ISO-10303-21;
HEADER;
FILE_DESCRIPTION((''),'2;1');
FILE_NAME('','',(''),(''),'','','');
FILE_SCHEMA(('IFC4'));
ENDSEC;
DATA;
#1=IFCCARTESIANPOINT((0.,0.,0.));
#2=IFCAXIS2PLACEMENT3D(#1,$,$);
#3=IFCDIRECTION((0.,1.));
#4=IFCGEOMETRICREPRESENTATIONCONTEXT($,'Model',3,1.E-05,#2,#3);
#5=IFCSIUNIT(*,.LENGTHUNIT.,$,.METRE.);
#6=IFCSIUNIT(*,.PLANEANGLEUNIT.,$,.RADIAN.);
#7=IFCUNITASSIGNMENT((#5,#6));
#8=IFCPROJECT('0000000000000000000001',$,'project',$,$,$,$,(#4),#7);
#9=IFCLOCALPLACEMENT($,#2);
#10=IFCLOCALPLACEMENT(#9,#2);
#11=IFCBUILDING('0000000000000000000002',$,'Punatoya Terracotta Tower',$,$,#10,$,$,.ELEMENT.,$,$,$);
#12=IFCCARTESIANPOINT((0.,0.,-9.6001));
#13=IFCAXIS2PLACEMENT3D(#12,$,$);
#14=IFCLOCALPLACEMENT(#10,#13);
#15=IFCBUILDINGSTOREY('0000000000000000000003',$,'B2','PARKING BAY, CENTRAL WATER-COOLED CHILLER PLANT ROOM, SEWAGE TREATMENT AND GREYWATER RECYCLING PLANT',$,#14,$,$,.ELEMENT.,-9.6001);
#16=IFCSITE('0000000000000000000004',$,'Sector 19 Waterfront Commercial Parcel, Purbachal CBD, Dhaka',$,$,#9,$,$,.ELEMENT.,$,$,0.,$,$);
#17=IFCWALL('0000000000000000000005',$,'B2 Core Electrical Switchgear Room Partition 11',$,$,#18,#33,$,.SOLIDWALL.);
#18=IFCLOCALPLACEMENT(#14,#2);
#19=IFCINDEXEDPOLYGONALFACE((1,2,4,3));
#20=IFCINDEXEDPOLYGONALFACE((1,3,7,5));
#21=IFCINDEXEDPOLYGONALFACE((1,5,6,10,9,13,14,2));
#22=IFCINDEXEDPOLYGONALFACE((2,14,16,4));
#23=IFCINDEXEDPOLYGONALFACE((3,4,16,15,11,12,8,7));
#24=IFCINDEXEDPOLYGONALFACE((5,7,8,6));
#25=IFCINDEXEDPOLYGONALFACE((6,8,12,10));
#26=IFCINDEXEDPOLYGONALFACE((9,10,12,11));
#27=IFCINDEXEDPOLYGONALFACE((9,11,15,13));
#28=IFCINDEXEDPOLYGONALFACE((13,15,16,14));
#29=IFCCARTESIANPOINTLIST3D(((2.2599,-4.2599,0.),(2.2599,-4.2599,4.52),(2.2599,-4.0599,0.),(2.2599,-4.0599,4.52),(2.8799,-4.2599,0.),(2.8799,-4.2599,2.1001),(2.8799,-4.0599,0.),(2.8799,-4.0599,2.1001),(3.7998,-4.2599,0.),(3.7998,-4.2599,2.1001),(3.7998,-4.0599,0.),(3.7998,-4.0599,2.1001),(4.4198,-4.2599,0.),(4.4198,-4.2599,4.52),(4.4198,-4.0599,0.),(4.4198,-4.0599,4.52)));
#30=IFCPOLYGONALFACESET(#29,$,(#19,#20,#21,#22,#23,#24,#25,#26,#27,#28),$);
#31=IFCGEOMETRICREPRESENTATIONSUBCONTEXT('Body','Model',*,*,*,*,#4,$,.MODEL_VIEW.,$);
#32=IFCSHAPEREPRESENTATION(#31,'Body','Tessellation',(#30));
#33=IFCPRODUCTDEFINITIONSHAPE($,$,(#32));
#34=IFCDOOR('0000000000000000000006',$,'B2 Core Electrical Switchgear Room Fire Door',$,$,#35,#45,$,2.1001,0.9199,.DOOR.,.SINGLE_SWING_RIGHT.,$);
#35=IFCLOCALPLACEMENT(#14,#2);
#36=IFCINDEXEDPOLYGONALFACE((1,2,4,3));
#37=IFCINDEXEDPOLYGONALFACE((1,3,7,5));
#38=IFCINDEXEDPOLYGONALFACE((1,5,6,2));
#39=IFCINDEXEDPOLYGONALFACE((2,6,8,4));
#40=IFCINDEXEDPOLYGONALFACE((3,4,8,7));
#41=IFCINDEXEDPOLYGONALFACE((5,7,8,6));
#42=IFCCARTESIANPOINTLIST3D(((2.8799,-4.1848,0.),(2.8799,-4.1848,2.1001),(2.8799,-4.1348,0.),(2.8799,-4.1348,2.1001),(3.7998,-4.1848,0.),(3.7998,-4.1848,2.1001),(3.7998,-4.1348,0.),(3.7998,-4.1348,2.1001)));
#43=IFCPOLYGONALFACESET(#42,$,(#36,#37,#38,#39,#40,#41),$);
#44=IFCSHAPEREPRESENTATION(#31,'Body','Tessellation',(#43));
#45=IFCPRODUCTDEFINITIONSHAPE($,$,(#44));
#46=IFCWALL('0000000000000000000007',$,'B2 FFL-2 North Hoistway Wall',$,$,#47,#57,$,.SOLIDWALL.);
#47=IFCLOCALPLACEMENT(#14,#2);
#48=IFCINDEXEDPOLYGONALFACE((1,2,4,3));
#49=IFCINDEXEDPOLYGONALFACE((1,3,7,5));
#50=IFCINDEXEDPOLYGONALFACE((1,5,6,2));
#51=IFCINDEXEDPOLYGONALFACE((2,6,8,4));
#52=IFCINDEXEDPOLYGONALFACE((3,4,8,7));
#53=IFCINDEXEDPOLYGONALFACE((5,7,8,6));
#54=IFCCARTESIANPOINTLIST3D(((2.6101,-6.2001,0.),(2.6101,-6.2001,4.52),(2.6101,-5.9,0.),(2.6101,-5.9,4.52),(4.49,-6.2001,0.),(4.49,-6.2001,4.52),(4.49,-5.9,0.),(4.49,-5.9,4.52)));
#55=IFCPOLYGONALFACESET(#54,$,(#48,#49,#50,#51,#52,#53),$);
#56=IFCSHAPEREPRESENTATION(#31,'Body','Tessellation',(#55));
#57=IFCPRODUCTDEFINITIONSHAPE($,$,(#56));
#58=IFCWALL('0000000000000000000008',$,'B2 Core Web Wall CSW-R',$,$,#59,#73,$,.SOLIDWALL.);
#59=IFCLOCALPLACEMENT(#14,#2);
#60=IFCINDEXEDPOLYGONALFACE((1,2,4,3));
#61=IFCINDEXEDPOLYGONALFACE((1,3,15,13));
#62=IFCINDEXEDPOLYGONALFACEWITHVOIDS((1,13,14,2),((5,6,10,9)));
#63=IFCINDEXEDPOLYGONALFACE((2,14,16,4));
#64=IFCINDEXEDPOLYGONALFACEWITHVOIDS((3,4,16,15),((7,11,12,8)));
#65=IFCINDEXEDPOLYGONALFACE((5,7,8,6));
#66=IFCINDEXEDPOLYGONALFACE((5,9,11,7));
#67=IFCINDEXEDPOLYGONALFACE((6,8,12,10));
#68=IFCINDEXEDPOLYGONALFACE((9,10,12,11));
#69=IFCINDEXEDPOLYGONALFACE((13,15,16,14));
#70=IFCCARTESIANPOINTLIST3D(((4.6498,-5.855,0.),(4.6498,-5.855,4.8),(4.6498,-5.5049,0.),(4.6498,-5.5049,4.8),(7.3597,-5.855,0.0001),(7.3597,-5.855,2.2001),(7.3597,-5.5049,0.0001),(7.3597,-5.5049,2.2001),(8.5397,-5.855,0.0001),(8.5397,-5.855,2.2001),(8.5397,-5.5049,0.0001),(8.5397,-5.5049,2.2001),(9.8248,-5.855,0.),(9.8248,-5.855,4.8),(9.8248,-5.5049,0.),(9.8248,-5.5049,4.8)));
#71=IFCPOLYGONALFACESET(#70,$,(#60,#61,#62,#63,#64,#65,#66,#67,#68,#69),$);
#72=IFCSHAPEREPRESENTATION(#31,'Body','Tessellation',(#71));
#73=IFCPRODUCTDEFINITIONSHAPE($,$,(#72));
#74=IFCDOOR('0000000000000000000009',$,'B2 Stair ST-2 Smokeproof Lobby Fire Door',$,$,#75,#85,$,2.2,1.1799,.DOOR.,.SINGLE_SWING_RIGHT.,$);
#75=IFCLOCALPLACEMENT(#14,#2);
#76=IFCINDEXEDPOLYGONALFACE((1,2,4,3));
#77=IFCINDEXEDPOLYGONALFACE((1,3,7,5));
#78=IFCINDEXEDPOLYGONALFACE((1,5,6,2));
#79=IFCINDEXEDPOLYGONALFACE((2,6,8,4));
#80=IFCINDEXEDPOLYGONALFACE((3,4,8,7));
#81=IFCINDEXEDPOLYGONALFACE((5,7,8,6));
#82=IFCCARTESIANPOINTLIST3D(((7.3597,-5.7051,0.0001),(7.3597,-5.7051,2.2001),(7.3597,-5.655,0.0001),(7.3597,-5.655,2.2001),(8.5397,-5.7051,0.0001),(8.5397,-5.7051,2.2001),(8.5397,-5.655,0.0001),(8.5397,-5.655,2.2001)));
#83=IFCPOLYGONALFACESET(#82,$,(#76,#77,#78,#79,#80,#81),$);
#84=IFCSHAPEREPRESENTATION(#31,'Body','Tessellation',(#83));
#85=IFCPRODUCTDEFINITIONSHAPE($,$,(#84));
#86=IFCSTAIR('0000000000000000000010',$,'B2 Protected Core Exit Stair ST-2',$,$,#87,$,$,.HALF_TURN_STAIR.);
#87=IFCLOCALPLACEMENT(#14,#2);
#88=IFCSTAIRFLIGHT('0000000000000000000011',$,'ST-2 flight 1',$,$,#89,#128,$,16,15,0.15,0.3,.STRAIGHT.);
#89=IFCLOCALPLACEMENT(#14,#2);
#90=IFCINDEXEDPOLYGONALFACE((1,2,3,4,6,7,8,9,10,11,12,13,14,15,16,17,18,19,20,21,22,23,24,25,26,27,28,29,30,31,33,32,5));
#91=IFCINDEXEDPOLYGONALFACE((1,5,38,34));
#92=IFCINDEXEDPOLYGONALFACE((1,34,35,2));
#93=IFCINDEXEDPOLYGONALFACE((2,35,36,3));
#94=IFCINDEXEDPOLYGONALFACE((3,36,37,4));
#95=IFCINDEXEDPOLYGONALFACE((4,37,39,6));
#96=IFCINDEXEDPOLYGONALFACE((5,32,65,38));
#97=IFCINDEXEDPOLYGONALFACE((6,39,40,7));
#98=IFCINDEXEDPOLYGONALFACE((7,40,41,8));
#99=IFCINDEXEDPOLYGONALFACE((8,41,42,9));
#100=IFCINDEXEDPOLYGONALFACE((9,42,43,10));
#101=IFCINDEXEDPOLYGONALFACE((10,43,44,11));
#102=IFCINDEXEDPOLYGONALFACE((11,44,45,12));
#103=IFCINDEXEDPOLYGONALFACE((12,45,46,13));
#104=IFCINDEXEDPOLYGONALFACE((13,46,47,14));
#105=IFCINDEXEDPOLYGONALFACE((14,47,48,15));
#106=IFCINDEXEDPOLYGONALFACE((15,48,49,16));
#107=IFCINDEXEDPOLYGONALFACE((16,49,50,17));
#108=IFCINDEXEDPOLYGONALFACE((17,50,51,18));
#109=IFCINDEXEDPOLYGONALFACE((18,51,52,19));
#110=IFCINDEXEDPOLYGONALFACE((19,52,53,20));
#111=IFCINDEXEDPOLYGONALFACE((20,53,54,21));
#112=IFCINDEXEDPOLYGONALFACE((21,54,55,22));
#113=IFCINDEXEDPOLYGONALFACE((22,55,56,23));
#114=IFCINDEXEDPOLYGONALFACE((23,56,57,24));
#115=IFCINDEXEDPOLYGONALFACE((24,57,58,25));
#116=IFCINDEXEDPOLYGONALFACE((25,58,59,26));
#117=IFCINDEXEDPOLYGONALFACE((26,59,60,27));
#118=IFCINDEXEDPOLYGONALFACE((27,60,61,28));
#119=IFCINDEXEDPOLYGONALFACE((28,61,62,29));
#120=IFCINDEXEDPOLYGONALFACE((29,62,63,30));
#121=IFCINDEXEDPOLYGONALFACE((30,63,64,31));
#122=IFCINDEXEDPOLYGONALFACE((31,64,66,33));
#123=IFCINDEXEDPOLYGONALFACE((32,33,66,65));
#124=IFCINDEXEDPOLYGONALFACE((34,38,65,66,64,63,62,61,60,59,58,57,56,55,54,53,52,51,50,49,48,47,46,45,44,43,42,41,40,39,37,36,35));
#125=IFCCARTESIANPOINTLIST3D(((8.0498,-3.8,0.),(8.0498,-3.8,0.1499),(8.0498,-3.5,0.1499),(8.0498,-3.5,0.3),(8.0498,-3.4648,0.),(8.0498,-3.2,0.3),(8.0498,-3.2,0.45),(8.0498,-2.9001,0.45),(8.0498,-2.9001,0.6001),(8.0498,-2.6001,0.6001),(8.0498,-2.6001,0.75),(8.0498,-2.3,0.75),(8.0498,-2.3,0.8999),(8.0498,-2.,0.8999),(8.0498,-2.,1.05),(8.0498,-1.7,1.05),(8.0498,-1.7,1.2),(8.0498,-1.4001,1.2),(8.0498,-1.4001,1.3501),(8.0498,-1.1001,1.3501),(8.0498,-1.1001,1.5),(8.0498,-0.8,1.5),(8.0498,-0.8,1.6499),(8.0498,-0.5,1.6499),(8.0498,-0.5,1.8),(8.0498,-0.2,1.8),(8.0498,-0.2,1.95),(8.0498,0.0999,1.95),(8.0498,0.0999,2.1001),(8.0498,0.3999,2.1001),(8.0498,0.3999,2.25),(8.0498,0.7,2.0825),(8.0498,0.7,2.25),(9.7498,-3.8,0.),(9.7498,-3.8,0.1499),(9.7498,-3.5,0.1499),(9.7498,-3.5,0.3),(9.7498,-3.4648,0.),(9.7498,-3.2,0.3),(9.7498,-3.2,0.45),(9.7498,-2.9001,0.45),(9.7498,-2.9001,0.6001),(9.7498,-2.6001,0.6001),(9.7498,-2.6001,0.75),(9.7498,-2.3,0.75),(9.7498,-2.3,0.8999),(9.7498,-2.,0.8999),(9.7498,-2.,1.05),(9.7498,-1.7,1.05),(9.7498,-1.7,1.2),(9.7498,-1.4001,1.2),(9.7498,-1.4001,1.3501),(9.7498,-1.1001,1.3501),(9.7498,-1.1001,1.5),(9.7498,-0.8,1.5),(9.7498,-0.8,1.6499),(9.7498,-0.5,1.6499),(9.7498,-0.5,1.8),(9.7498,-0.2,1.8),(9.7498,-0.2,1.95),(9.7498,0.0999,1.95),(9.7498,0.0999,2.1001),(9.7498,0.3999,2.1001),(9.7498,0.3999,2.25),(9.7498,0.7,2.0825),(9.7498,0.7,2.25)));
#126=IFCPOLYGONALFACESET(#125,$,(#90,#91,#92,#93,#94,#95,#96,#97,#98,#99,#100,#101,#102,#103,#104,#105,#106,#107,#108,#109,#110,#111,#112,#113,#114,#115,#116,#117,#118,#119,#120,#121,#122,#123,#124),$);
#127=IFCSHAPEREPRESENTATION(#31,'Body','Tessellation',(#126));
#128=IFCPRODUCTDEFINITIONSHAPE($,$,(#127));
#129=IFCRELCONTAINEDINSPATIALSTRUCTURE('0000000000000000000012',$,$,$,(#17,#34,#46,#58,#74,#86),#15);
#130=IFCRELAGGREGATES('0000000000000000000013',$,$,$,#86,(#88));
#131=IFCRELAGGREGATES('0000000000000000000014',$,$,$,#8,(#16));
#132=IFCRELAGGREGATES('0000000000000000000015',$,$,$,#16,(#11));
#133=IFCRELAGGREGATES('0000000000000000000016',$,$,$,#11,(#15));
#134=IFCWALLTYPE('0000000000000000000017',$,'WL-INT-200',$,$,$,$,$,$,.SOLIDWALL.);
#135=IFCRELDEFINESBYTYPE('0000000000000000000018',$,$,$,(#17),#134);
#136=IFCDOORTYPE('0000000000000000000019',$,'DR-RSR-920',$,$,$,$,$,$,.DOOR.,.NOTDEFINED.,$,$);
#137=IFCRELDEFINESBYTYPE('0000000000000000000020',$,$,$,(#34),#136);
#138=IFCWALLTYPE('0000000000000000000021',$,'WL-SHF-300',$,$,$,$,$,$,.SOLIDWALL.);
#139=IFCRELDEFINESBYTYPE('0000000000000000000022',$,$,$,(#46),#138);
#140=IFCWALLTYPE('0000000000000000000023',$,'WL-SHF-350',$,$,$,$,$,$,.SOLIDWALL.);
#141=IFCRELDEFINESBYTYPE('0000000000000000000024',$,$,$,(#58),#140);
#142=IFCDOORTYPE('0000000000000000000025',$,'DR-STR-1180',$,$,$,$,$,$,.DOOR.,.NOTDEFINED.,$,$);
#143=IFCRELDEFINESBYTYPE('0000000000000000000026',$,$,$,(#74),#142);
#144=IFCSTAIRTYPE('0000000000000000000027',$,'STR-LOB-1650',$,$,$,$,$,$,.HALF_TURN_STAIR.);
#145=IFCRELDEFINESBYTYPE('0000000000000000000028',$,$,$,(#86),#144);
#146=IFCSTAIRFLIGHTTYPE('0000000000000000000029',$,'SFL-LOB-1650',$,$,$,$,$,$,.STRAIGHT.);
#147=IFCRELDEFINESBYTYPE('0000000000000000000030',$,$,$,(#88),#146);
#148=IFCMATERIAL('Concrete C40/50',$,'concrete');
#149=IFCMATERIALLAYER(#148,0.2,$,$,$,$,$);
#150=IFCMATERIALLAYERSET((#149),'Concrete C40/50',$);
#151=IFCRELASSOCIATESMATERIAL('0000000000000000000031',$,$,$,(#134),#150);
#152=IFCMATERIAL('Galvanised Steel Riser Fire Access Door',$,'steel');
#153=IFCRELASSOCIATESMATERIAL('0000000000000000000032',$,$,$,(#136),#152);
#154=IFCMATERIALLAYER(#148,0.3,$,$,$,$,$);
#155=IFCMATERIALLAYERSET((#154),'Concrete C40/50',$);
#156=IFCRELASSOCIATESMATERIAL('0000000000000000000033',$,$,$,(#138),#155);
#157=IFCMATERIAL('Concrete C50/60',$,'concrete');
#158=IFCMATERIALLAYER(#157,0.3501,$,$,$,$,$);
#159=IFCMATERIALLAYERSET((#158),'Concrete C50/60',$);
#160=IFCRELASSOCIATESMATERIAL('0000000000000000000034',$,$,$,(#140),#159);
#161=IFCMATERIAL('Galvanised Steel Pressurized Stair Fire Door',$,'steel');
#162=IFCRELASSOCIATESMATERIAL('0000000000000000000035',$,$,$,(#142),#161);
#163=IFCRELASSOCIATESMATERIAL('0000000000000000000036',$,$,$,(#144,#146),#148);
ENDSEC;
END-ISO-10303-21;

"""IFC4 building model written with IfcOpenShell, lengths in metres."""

from ifc_helpers import new_model, si_unit, direction, frame, frame_2d, origin, place, context, subcontext, project, spatial, polyline, rectangle, outline, extrude, material, layer, layer_set, type_object, element, fill, aggregate, save


model = new_model("IFC4")

# Units and contexts
model_context = context("Model", 3, precision=1e-05, world=origin(), true_north=direction((0.0, 1.0)))
body_context = subcontext(model_context, "Body", "Model", "MODEL_VIEW")
ifc_project = project(units=[si_unit("LENGTHUNIT", "METRE"), si_unit("PLANEANGLEUNIT", "RADIAN")], contexts=[model_context])

# Site, building, storey
site_placement = place(None, origin())
site = spatial("IfcSite", under=ifc_project, at=site_placement, Name="Sector 19 Waterfront Commercial Parcel, Purbachal CBD, Dhaka", CompositionType="ELEMENT", RefElevation=0.0)
building_placement = place(site_placement, origin())
building = spatial("IfcBuilding", under=site, at=building_placement, Name="Punatoya Terracotta Tower", CompositionType="ELEMENT")
storey_placement = place(building_placement, frame((0.0, 0.0, -9.6001)))
storey = spatial("IfcBuildingStorey", under=building, at=storey_placement, Name="B2", Description="PARKING BAY, CENTRAL WATER-COOLED CHILLER PLANT ROOM, SEWAGE TREATMENT AND GREYWATER RECYCLING PLANT", CompositionType="ELEMENT", Elevation=-9.6001)

# Shared definitions
ifc_material_1 = material(Name="Concrete C40/50", Category="concrete")
ifc_layer_1 = layer(ifc_material_1, 0.2)
ifc_layer_set_1 = layer_set([ifc_layer_1], Name="Concrete C40/50")
wall_type_1 = type_object("IfcWallType", Name="WL-INT-200", PredefinedType="SOLIDWALL", material=ifc_layer_set_1)

# Wall, opening, door
wall_1_placement = place(storey_placement, frame((4.4199, -4.1599, 0.0), z_axis=(0.0, 0.0, 1.0), x_axis=(-1.0, 0.0, 0.0)))
wall_1 = element("IfcWall", 1, at=wall_1_placement, inside=storey, type_object=wall_type_1, Name="B2 Core Electrical Switchgear Room Partition 11", PredefinedType="SOLIDWALL", context=body_context, shape_type="SweptSolid", body=[
    extrude(rectangle(XDim=2.1599, YDim=0.2, at=frame_2d((1.0801, 0.0))), origin(), (0.0, 0.0, 1.0), 4.52),
])
opening_1_placement = place(wall_1_placement, frame((0.6201, 0.0, 0.0)))
opening_1 = element("IfcOpeningElement", 2, at=opening_1_placement, cuts=wall_1, PredefinedType="OPENING", context=body_context, shape_type="SweptSolid", body=[
    extrude(rectangle(XDim=0.9199, YDim=2.1001, at=frame_2d((0.46, 1.05))), frame((0.0, 0.1099, 0.0), z_axis=(0.0, -1.0, 0.0), x_axis=(1.0, 0.0, 0.0)), (0.0, 0.0, 1.0), 0.22),
])
ifc_material_2 = material(Name="Galvanised Steel Riser Fire Access Door", Category="steel")
door_type_1 = type_object("IfcDoorType", Name="DR-RSR-920", OperationType="NOTDEFINED", PredefinedType="DOOR", material=ifc_material_2)
door_1_placement = place(opening_1_placement, origin())
door_1 = element("IfcDoor", 3, at=door_1_placement, inside=storey, type_object=door_type_1, Name="B2 Core Electrical Switchgear Room Fire Door", OperationType="SINGLE_SWING_RIGHT", OverallHeight=2.1001, OverallWidth=0.9199, PredefinedType="DOOR", context=body_context, shape_type="SweptSolid", body=[
    extrude(rectangle(XDim=0.9199, YDim=2.1001, at=frame_2d((0.46, 1.05))), frame((0.0, 0.0249, 0.0), z_axis=(0.0, -1.0, 0.0), x_axis=(1.0, 0.0, 0.0)), (0.0, 0.0, 1.0), 0.05),
])
fill(opening_1, door_1)

# Wall
ifc_layer_2 = layer(ifc_material_1, 0.3)
ifc_layer_set_2 = layer_set([ifc_layer_2], Name="Concrete C40/50")
wall_type_2 = type_object("IfcWallType", Name="WL-SHF-300", PredefinedType="SOLIDWALL", material=ifc_layer_set_2)
wall_2_placement = place(storey_placement, frame((2.6101, -6.05, 0.0), z_axis=(0.0, 0.0, 1.0), x_axis=(1.0, 0.0, 0.0)))
element("IfcWall", 4, at=wall_2_placement, inside=storey, type_object=wall_type_2, Name="B2 FFL-2 North Hoistway Wall", PredefinedType="SOLIDWALL", context=body_context, shape_type="SweptSolid", body=[
    extrude(rectangle(XDim=1.8799, YDim=0.3, at=frame_2d((0.9399, 0.0))), origin(), (0.0, 0.0, 1.0), 4.52),
])

# Wall, opening, door
ifc_material_3 = material(Name="Concrete C50/60", Category="concrete")
ifc_layer_3 = layer(ifc_material_3, 0.3501)
ifc_layer_set_3 = layer_set([ifc_layer_3], Name="Concrete C50/60")
wall_type_3 = type_object("IfcWallType", Name="WL-SHF-350", PredefinedType="SOLIDWALL", material=ifc_layer_set_3)
wall_3_placement = place(storey_placement, frame((4.6499, -5.6799, 0.0), z_axis=(0.0, 0.0, 1.0), x_axis=(1.0, 0.0, 0.0)))
wall_3 = element("IfcWall", 5, at=wall_3_placement, inside=storey, type_object=wall_type_3, Name="B2 Core Web Wall CSW-R", PredefinedType="SOLIDWALL", context=body_context, shape_type="SweptSolid", body=[
    extrude(rectangle(XDim=5.175, YDim=0.3501, at=frame_2d((2.5874, 0.0))), origin(), (0.0, 0.0, 1.0), 4.8),
])
opening_2_placement = place(wall_3_placement, frame((2.71, 0.0, 0.0)))
opening_2 = element("IfcOpeningElement", 6, at=opening_2_placement, cuts=wall_3, PredefinedType="OPENING", context=body_context, shape_type="SweptSolid", body=[
    extrude(rectangle(XDim=1.1799, YDim=2.2, at=frame_2d((0.5898, 1.1001))), frame((0.0, 0.1851, 0.0), z_axis=(0.0, -1.0, 0.0), x_axis=(1.0, 0.0, 0.0)), (0.0, 0.0, 1.0), 0.3701),
])
ifc_material_4 = material(Name="Galvanised Steel Pressurized Stair Fire Door", Category="steel")
door_type_2 = type_object("IfcDoorType", Name="DR-STR-1180", OperationType="NOTDEFINED", PredefinedType="DOOR", material=ifc_material_4)
door_2_placement = place(opening_2_placement, origin())
door_2 = element("IfcDoor", 7, at=door_2_placement, inside=storey, type_object=door_type_2, Name="B2 Stair ST-2 Smokeproof Lobby Fire Door", OperationType="SINGLE_SWING_RIGHT", OverallHeight=2.2, OverallWidth=1.1799, PredefinedType="DOOR", context=body_context, shape_type="SweptSolid", body=[
    extrude(rectangle(XDim=1.1799, YDim=2.2, at=frame_2d((0.5898, 1.1001))), frame((0.0, 0.0249, 0.0), z_axis=(0.0, -1.0, 0.0), x_axis=(1.0, 0.0, 0.0)), (0.0, 0.0, 1.0), 0.05),
])
fill(opening_2, door_2)

# Stair, stair flight
stair_type = type_object("IfcStairType", Name="STR-LOB-1650", PredefinedType="HALF_TURN_STAIR", material=ifc_material_1)
stair_placement = place(storey_placement, origin())
stair = element("IfcStair", 8, at=stair_placement, inside=storey, type_object=stair_type, Name="B2 Protected Core Exit Stair ST-2", PredefinedType="HALF_TURN_STAIR")
stair_flight_type = type_object("IfcStairFlightType", Name="SFL-LOB-1650", PredefinedType="STRAIGHT", material=ifc_material_1)
stair_flight_placement = place(storey_placement, frame((8.8999, -3.8, 0.0), z_axis=(0.0, 0.0, 1.0), x_axis=(0.0, 1.0, 0.0)))
stair_flight = element("IfcStairFlight", 9, at=stair_flight_placement, type_object=stair_flight_type, Name="ST-2 flight 1", NumberOfRisers=16, NumberOfTreads=15, PredefinedType="STRAIGHT", RiserHeight=0.15, TreadLength=0.3, context=body_context, shape_type="SweptSolid", body=[
    extrude(outline(polyline([(0.0, 0.0), (0.0, 0.1499), (0.3, 0.1499), (0.3, 0.3), (0.6001, 0.3), (0.6001, 0.45), (0.8999, 0.45), (0.8999, 0.6001), (1.2, 0.6001), (1.2, 0.75), (1.5, 0.75), (1.5, 0.8999), (1.8, 0.8999), (1.8, 1.05), (2.1001, 1.05), (2.1001, 1.2), (2.3999, 1.2), (2.3999, 1.3501), (2.7, 1.3501), (2.7, 1.5), (3.0, 1.5), (3.0, 1.6499), (3.3, 1.6499), (3.3, 1.8), (3.6001, 1.8), (3.6001, 1.95), (3.8999, 1.95), (3.8999, 2.1001), (4.2, 2.1001), (4.2, 2.25), (4.5, 2.25), (4.5, 2.3999), (4.5, 2.0825), (0.3352, 0.0), (0.0, 0.0)])), frame((0.0, 0.8501, 0.0), z_axis=(0.0, -1.0, 0.0), x_axis=(1.0, 0.0, 0.0)), (0.0, 0.0, 1.0), 1.7),
])
aggregate(stair, [stair_flight])

save(model, "model.ifc")
